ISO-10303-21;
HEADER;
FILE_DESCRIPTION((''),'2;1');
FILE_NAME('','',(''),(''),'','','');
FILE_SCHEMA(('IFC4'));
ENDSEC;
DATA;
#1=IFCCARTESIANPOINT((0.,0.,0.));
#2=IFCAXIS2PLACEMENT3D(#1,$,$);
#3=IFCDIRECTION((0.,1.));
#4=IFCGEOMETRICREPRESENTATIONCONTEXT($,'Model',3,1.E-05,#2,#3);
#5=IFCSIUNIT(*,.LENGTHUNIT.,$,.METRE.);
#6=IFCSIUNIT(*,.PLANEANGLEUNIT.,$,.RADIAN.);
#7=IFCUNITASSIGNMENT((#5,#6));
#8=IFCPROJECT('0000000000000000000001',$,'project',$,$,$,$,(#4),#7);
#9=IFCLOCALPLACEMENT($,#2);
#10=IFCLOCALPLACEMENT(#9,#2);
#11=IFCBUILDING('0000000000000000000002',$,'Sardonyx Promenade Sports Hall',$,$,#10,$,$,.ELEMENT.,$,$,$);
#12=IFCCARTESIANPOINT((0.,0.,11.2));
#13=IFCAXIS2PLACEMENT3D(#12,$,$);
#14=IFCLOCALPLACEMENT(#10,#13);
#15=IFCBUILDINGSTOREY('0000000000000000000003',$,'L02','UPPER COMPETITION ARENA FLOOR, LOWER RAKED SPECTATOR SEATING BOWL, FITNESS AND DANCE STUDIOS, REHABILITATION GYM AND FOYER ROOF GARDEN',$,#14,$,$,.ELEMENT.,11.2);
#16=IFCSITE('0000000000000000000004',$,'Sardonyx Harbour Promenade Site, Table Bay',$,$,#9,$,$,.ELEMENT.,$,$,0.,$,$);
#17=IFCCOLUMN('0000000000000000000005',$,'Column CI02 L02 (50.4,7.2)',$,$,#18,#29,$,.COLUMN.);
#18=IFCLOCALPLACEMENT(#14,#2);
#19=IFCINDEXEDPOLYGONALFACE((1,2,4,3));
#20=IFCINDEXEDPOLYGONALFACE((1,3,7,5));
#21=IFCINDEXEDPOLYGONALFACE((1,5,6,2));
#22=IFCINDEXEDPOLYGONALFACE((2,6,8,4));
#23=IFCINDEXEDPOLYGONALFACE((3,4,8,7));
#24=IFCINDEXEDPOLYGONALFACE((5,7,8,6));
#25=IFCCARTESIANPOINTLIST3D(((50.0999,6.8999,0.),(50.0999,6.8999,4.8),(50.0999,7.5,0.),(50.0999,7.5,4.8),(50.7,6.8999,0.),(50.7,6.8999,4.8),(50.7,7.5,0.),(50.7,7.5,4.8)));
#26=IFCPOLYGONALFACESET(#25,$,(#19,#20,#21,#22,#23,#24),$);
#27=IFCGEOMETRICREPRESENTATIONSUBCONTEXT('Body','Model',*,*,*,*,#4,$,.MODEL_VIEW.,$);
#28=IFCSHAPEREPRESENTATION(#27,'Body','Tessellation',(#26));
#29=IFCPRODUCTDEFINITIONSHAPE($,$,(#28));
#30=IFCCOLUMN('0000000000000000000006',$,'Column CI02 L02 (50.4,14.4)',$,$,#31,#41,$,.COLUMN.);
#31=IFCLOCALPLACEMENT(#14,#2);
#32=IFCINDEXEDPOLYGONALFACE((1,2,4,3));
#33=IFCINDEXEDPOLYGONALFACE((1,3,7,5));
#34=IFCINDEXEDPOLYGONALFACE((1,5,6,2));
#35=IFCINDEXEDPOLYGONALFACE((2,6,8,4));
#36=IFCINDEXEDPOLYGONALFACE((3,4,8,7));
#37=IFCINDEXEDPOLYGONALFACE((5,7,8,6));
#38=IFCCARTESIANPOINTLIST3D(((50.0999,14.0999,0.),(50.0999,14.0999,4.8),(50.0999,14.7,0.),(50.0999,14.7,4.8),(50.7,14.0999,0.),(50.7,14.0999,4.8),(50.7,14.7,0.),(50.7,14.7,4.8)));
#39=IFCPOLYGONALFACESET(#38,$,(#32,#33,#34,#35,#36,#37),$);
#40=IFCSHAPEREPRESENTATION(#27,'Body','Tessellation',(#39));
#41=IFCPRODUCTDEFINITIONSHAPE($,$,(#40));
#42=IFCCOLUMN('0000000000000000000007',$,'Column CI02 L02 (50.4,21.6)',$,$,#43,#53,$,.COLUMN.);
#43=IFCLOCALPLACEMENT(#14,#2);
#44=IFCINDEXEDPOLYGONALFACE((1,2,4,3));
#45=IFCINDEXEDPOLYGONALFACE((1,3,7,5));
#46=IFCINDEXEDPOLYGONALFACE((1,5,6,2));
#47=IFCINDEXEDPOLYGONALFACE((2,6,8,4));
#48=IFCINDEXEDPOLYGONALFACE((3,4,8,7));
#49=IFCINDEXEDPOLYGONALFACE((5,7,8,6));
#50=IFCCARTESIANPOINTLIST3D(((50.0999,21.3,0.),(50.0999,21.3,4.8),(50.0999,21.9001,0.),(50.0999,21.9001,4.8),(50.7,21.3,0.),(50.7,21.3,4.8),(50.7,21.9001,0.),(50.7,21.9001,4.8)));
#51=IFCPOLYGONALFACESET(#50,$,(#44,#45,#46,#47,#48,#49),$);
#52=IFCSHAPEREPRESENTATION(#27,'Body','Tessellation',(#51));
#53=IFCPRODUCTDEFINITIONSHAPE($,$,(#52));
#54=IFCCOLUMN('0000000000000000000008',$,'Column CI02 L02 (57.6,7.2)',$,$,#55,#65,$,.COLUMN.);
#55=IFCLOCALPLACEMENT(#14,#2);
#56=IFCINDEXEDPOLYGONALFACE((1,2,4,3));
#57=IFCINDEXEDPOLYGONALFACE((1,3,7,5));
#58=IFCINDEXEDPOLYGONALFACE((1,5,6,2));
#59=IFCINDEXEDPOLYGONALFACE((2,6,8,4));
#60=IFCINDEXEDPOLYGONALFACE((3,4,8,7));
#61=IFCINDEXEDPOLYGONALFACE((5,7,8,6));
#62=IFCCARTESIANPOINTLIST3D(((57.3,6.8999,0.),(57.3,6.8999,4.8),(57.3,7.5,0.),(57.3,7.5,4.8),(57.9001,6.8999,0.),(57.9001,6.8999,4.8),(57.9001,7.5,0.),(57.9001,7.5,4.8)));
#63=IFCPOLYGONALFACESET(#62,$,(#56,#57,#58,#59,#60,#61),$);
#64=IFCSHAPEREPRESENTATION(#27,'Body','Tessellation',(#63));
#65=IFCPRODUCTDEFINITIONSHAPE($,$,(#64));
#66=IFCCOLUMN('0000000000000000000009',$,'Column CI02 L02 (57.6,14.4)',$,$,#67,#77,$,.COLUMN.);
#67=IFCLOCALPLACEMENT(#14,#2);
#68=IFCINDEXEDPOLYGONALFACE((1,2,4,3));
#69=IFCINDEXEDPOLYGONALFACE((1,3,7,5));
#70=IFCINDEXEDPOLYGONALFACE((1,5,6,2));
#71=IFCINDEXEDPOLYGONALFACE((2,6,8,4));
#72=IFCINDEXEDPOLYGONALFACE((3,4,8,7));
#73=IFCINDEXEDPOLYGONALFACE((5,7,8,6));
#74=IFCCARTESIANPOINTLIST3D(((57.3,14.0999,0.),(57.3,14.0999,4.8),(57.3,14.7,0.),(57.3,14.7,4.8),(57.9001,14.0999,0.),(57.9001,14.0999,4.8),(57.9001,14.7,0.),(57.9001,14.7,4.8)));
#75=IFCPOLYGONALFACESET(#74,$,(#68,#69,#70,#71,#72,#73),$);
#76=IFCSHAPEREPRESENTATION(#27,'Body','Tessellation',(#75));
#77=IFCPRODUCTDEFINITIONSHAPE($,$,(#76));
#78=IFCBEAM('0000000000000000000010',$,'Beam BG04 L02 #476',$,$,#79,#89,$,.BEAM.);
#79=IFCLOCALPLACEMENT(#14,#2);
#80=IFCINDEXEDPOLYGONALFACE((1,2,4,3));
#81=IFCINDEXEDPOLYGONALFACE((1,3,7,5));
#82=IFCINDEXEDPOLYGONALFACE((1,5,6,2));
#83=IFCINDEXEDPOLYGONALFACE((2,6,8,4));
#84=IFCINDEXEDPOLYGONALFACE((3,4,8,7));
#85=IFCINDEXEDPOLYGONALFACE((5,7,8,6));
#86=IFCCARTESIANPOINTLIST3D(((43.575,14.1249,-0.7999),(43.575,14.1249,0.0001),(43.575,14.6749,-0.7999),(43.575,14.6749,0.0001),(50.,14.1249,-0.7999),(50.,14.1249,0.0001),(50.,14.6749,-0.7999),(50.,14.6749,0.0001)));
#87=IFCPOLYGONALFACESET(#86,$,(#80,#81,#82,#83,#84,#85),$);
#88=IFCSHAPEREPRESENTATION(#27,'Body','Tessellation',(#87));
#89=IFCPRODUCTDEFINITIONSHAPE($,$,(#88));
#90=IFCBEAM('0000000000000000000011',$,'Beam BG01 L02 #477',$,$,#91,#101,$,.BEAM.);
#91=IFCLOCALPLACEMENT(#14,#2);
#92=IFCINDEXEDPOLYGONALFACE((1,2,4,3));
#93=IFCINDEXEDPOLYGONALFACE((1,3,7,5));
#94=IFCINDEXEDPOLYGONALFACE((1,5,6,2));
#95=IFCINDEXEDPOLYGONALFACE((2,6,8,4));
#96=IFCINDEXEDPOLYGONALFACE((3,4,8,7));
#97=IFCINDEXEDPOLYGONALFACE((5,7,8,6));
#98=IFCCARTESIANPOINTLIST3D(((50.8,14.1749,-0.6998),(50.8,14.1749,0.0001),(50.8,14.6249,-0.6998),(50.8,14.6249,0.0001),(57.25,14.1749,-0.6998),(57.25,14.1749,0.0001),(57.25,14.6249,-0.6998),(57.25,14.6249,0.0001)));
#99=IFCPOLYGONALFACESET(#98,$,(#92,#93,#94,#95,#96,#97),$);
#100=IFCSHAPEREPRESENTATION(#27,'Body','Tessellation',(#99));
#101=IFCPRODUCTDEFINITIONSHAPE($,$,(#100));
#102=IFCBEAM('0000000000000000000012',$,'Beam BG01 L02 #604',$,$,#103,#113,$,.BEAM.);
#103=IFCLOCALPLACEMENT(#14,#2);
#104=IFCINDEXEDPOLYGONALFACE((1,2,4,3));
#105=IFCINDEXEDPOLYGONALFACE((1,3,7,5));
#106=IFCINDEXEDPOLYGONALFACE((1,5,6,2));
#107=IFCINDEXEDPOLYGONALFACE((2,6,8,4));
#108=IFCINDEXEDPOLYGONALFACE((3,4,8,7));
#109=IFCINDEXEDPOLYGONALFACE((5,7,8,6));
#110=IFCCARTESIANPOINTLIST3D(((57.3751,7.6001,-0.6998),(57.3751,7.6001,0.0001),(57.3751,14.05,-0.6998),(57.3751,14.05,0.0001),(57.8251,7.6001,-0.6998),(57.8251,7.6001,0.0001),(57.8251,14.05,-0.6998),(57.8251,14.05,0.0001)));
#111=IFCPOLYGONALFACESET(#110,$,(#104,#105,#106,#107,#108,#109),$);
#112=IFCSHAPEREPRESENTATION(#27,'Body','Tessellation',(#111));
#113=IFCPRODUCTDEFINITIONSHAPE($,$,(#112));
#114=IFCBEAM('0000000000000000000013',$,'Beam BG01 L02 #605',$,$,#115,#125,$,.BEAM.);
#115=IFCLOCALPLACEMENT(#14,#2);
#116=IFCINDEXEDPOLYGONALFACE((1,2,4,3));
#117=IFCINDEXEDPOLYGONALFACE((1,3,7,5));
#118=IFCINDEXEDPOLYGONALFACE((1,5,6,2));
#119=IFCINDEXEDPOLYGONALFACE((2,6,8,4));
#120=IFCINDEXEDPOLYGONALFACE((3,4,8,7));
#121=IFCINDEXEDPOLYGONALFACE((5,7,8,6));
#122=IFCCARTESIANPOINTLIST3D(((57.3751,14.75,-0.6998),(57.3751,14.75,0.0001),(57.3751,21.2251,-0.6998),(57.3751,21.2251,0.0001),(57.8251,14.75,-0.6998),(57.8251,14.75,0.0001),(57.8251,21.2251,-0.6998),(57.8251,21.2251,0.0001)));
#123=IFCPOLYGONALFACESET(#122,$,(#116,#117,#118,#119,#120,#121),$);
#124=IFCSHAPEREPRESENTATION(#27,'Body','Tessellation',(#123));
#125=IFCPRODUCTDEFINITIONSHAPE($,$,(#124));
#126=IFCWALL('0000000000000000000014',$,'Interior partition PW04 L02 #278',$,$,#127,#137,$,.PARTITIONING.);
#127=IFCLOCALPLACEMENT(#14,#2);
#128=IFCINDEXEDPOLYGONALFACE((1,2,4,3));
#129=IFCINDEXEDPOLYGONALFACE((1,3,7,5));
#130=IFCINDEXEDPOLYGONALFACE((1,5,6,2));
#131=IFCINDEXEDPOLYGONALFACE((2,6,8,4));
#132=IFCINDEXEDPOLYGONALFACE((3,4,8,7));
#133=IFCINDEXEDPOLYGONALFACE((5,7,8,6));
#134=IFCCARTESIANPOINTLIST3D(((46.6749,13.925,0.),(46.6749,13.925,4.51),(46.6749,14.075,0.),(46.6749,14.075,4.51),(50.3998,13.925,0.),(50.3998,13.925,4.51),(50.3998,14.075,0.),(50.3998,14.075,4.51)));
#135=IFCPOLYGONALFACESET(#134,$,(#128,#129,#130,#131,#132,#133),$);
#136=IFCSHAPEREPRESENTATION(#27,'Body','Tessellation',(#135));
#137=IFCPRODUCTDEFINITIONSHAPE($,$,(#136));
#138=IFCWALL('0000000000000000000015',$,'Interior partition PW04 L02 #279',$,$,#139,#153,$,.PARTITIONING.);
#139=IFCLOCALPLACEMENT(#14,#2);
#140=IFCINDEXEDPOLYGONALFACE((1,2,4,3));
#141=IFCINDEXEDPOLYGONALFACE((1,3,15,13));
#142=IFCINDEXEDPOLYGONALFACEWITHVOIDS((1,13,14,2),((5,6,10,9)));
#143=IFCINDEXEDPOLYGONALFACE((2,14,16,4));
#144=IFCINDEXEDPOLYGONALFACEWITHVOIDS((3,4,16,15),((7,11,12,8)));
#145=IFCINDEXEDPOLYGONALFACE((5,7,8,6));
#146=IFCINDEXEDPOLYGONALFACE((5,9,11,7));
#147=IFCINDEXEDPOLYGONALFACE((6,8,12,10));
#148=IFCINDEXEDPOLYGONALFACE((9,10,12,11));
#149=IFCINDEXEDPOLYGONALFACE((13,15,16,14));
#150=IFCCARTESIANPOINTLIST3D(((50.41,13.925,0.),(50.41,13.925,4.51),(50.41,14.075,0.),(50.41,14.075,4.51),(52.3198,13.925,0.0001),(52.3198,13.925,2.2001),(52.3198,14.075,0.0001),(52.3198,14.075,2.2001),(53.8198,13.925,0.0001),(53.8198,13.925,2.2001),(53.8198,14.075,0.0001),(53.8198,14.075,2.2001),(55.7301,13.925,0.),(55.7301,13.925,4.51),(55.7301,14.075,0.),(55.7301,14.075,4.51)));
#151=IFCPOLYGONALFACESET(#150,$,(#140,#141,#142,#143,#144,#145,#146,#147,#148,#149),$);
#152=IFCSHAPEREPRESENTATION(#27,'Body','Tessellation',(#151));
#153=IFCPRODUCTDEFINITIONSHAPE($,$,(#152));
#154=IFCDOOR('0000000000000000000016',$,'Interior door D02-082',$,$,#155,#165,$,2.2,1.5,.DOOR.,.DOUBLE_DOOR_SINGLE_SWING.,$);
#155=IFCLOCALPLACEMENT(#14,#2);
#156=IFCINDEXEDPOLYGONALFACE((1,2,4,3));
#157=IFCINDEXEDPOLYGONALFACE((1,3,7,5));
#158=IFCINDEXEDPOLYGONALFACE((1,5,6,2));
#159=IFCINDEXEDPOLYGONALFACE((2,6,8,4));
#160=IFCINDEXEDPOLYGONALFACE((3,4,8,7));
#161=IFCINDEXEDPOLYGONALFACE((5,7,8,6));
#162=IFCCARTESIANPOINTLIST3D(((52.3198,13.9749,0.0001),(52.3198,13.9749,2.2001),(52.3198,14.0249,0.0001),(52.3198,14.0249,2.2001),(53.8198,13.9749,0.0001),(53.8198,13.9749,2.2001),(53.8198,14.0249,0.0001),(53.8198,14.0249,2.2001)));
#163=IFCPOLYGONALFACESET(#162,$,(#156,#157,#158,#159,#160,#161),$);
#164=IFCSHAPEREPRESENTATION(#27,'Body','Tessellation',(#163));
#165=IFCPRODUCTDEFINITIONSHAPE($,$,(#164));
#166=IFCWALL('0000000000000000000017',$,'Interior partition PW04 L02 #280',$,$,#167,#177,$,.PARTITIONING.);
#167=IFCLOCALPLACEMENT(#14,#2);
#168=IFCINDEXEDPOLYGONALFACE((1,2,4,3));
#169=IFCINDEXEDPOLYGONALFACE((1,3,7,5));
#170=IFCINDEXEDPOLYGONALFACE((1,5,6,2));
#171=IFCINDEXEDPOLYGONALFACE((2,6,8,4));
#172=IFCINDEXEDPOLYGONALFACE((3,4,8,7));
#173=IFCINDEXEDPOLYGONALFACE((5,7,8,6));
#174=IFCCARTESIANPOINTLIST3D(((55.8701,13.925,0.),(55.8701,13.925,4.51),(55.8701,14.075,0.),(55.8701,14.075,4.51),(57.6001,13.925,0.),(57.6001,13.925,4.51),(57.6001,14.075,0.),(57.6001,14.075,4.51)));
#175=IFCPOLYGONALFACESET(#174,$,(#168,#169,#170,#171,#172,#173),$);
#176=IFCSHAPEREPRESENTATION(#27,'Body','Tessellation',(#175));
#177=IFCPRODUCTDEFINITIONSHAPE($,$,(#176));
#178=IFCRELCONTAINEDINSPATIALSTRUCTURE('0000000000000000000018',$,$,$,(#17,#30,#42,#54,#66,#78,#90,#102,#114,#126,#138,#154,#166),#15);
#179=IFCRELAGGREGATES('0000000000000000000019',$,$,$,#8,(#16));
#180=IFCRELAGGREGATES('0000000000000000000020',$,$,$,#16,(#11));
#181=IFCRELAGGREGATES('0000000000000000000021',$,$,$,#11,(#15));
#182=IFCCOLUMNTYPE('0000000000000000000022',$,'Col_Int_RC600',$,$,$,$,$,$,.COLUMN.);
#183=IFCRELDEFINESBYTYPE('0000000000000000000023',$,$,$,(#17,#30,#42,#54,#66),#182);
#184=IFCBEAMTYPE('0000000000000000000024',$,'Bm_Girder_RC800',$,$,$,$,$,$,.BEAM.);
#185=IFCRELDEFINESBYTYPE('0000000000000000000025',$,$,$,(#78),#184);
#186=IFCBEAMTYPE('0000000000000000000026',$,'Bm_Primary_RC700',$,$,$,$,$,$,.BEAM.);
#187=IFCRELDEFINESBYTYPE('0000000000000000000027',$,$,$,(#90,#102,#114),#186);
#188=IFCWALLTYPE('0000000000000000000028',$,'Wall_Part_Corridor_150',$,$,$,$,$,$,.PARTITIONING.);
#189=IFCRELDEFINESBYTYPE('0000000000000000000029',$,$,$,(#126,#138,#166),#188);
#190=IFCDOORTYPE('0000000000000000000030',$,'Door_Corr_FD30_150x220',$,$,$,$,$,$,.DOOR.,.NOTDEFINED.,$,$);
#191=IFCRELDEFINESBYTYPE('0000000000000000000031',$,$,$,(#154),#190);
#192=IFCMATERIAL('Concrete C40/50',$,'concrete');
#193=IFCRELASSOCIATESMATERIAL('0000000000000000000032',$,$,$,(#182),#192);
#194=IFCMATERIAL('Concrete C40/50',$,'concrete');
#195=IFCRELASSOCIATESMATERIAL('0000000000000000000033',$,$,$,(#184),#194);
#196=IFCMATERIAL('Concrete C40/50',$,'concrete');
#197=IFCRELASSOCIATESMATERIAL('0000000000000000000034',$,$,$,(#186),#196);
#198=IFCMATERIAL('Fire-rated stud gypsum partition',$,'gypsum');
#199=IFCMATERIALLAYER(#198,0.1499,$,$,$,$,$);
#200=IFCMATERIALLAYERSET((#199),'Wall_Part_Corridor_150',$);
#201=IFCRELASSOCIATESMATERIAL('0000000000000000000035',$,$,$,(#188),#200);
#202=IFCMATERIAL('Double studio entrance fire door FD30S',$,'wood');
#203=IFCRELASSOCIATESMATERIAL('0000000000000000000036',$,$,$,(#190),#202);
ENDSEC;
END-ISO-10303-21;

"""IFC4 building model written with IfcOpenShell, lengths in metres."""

from ifc_helpers import new_model, si_unit, direction, frame, frame_2d, origin, origin_2d, place, context, subcontext, project, spatial, rectangle, extrude, material, layer, layer_set, material_profile, profile_set, type_object, element, fill, save


model = new_model("IFC4")

# Units and contexts
model_context = context("Model", 3, precision=1e-05, world=origin(), true_north=direction((0.0, 1.0)))
body_context = subcontext(model_context, "Body", "Model", "MODEL_VIEW")
ifc_project = project(units=[si_unit("LENGTHUNIT", "METRE"), si_unit("PLANEANGLEUNIT", "RADIAN")], contexts=[model_context])

# Site, building, storey
site_placement = place(None, origin())
site = spatial("IfcSite", under=ifc_project, at=site_placement, Name="Sardonyx Harbour Promenade Site, Table Bay", CompositionType="ELEMENT", RefElevation=0.0)
building_placement = place(site_placement, origin())
building = spatial("IfcBuilding", under=site, at=building_placement, Name="Sardonyx Promenade Sports Hall", CompositionType="ELEMENT")
storey_placement = place(building_placement, frame((0.0, 0.0, 11.2)))
storey = spatial("IfcBuildingStorey", under=building, at=storey_placement, Name="L02", Description="UPPER COMPETITION ARENA FLOOR, LOWER RAKED SPECTATOR SEATING BOWL, FITNESS AND DANCE STUDIOS, REHABILITATION GYM AND FOYER ROOF GARDEN", CompositionType="ELEMENT", Elevation=11.2)

# Columns
ifc_material_1 = material(Name="Concrete C40/50", Category="concrete")
ifc_material_profile_1 = material_profile(ifc_material_1, rectangle(XDim=0.6001, YDim=0.6001, at=origin_2d()))
ifc_profile_set_1 = profile_set([ifc_material_profile_1], Name="Concrete C40/50")
column_type = type_object("IfcColumnType", Name="Col_Int_RC600", PredefinedType="COLUMN", material=ifc_profile_set_1)
for number, where, z_axis, x_axis, name in (
    (1, (50.3999, 7.2, 0.0), (0.0, 0.0, 1.0), (1.0, 0.0, 0.0), "Column CI02 L02 (50.4,7.2)"),
    (2, (50.3999, 14.3999, 0.0), (0.0, 0.0, 1.0), (1.0, 0.0, 0.0), "Column CI02 L02 (50.4,14.4)"),
    (3, (50.3999, 21.6001, 0.0), (0.0, 0.0, 1.0), (1.0, 0.0, 0.0), "Column CI02 L02 (50.4,21.6)"),
    (4, (57.6001, 7.2, 0.0), (0.0, 0.0, 1.0), (1.0, 0.0, 0.0), "Column CI02 L02 (57.6,7.2)"),
    (5, (57.6001, 14.3999, 0.0), (0.0, 0.0, 1.0), (1.0, 0.0, 0.0), "Column CI02 L02 (57.6,14.4)"),
):
    element("IfcColumn", number, at=place(storey_placement, frame(where, z_axis=z_axis, x_axis=x_axis)), inside=storey, type_object=column_type, Name=name, PredefinedType="COLUMN", context=body_context, shape_type="SweptSolid", body=[
        extrude(rectangle(XDim=0.6001, YDim=0.6001, at=origin_2d()), origin(), (0.0, 0.0, 1.0), 4.8),
    ])

# Beams
ifc_material_2 = material(Name="Concrete C40/50", Category="concrete")
ifc_material_profile_2 = material_profile(ifc_material_2, rectangle(XDim=0.55, YDim=0.8, at=origin_2d()))
ifc_profile_set_2 = profile_set([ifc_material_profile_2], Name="Concrete C40/50")
beam_type_1 = type_object("IfcBeamType", Name="Bm_Girder_RC800", PredefinedType="BEAM", material=ifc_profile_set_2)
beam_1_placement = place(storey_placement, frame((43.575, 14.3999, -0.3999), z_axis=(1.0, 0.0, 0.0), x_axis=(0.0, 1.0, 0.0)))
element("IfcBeam", 6, at=beam_1_placement, inside=storey, type_object=beam_type_1, Name="Beam BG04 L02 #476", PredefinedType="BEAM", context=body_context, shape_type="SweptSolid", body=[
    extrude(rectangle(XDim=0.55, YDim=0.8, at=origin_2d()), origin(), (0.0, 0.0, 1.0), 6.425),
])
ifc_material_3 = material(Name="Concrete C40/50", Category="concrete")
ifc_material_profile_3 = material_profile(ifc_material_3, rectangle(XDim=0.45, YDim=0.7, at=origin_2d()))
ifc_profile_set_3 = profile_set([ifc_material_profile_3], Name="Concrete C40/50")
beam_type_2 = type_object("IfcBeamType", Name="Bm_Primary_RC700", PredefinedType="BEAM", material=ifc_profile_set_3)
for number, where, z_axis, x_axis, name in (
    (7, (50.8, 14.3999, -0.3499), (1.0, 0.0, 0.0), (0.0, 1.0, 0.0), "Beam BG01 L02 #477"),
    (8, (57.6001, 7.6001, -0.3499), (0.0, 1.0, 0.0), (-1.0, 0.0, 0.0), "Beam BG01 L02 #604"),
):
    element("IfcBeam", number, at=place(storey_placement, frame(where, z_axis=z_axis, x_axis=x_axis)), inside=storey, type_object=beam_type_2, Name=name, PredefinedType="BEAM", context=body_context, shape_type="SweptSolid", body=[
        extrude(rectangle(XDim=0.45, YDim=0.7, at=origin_2d()), origin(), (0.0, 0.0, 1.0), 6.45),
    ])
beam_2_placement = place(storey_placement, frame((57.6001, 14.75, -0.3499), z_axis=(0.0, 1.0, 0.0), x_axis=(-1.0, 0.0, 0.0)))
element("IfcBeam", 9, at=beam_2_placement, inside=storey, type_object=beam_type_2, Name="Beam BG01 L02 #605", PredefinedType="BEAM", context=body_context, shape_type="SweptSolid", body=[
    extrude(rectangle(XDim=0.45, YDim=0.7, at=origin_2d()), origin(), (0.0, 0.0, 1.0), 6.4751),
])

# Wall
ifc_material_4 = material(Name="Fire-rated stud gypsum partition", Category="gypsum")
ifc_layer_1 = layer(ifc_material_4, 0.1499)
ifc_layer_set_1 = layer_set([ifc_layer_1], Name="Wall_Part_Corridor_150")
wall_type_1 = type_object("IfcWallType", Name="Wall_Part_Corridor_150", PredefinedType="PARTITIONING", material=ifc_layer_set_1)
wall_1_placement = place(storey_placement, frame((46.675, 14.0, 0.0), z_axis=(0.0, 0.0, 1.0), x_axis=(1.0, 0.0, 0.0)))
element("IfcWall", 10, at=wall_1_placement, inside=storey, type_object=wall_type_1, Name="Interior partition PW04 L02 #278", PredefinedType="PARTITIONING", context=body_context, shape_type="SweptSolid", body=[
    extrude(rectangle(XDim=3.7249, YDim=0.1499, at=frame_2d((1.8623, 0.0))), origin(), (0.0, 0.0, 1.0), 4.51),
])

# Wall, opening, door
wall_2_placement = place(storey_placement, frame((50.4099, 14.0, 0.0), z_axis=(0.0, 0.0, 1.0), x_axis=(1.0, 0.0, 0.0)))
wall_2 = element("IfcWall", 11, at=wall_2_placement, inside=storey, type_object=wall_type_1, Name="Interior partition PW04 L02 #279", PredefinedType="PARTITIONING", context=body_context, shape_type="SweptSolid", body=[
    extrude(rectangle(XDim=5.3201, YDim=0.1499, at=frame_2d((2.6602, 0.0))), origin(), (0.0, 0.0, 1.0), 4.51),
])
opening_1_placement = place(wall_2_placement, frame((1.9099, 0.0, 0.0)))
opening_1 = element("IfcOpeningElement", 12, at=opening_1_placement, cuts=wall_2, PredefinedType="OPENING", context=body_context, shape_type="SweptSolid", body=[
    extrude(rectangle(XDim=1.5, YDim=2.2, at=frame_2d((0.75, 1.1001))), frame((0.0, 0.085, 0.0), z_axis=(0.0, -1.0, 0.0), x_axis=(1.0, 0.0, 0.0)), (0.0, 0.0, 1.0), 0.17),
])
ifc_material_5 = material(Name="Double studio entrance fire door FD30S", Category="wood")
door_type = type_object("IfcDoorType", Name="Door_Corr_FD30_150x220", OperationType="NOTDEFINED", PredefinedType="DOOR", material=ifc_material_5)
door_placement = place(opening_1_placement, origin())
door = element("IfcDoor", 13, at=door_placement, inside=storey, type_object=door_type, Name="Interior door D02-082", OperationType="DOUBLE_DOOR_SINGLE_SWING", OverallHeight=2.2, OverallWidth=1.5, PredefinedType="DOOR", context=body_context, shape_type="SweptSolid", body=[
    extrude(rectangle(XDim=1.5, YDim=2.2, at=frame_2d((0.75, 1.1001))), frame((0.0, 0.0249, 0.0), z_axis=(0.0, -1.0, 0.0), x_axis=(1.0, 0.0, 0.0)), (0.0, 0.0, 1.0), 0.05),
])
fill(opening_1, door)

# Wall
wall_3_placement = place(storey_placement, frame((55.8701, 14.0, 0.0), z_axis=(0.0, 0.0, 1.0), x_axis=(1.0, 0.0, 0.0)))
element("IfcWall", 14, at=wall_3_placement, inside=storey, type_object=wall_type_1, Name="Interior partition PW04 L02 #280", PredefinedType="PARTITIONING", context=body_context, shape_type="SweptSolid", body=[
    extrude(rectangle(XDim=1.73, YDim=0.1499, at=frame_2d((0.865, 0.0))), origin(), (0.0, 0.0, 1.0), 4.51),
])

save(model, "model.ifc")
